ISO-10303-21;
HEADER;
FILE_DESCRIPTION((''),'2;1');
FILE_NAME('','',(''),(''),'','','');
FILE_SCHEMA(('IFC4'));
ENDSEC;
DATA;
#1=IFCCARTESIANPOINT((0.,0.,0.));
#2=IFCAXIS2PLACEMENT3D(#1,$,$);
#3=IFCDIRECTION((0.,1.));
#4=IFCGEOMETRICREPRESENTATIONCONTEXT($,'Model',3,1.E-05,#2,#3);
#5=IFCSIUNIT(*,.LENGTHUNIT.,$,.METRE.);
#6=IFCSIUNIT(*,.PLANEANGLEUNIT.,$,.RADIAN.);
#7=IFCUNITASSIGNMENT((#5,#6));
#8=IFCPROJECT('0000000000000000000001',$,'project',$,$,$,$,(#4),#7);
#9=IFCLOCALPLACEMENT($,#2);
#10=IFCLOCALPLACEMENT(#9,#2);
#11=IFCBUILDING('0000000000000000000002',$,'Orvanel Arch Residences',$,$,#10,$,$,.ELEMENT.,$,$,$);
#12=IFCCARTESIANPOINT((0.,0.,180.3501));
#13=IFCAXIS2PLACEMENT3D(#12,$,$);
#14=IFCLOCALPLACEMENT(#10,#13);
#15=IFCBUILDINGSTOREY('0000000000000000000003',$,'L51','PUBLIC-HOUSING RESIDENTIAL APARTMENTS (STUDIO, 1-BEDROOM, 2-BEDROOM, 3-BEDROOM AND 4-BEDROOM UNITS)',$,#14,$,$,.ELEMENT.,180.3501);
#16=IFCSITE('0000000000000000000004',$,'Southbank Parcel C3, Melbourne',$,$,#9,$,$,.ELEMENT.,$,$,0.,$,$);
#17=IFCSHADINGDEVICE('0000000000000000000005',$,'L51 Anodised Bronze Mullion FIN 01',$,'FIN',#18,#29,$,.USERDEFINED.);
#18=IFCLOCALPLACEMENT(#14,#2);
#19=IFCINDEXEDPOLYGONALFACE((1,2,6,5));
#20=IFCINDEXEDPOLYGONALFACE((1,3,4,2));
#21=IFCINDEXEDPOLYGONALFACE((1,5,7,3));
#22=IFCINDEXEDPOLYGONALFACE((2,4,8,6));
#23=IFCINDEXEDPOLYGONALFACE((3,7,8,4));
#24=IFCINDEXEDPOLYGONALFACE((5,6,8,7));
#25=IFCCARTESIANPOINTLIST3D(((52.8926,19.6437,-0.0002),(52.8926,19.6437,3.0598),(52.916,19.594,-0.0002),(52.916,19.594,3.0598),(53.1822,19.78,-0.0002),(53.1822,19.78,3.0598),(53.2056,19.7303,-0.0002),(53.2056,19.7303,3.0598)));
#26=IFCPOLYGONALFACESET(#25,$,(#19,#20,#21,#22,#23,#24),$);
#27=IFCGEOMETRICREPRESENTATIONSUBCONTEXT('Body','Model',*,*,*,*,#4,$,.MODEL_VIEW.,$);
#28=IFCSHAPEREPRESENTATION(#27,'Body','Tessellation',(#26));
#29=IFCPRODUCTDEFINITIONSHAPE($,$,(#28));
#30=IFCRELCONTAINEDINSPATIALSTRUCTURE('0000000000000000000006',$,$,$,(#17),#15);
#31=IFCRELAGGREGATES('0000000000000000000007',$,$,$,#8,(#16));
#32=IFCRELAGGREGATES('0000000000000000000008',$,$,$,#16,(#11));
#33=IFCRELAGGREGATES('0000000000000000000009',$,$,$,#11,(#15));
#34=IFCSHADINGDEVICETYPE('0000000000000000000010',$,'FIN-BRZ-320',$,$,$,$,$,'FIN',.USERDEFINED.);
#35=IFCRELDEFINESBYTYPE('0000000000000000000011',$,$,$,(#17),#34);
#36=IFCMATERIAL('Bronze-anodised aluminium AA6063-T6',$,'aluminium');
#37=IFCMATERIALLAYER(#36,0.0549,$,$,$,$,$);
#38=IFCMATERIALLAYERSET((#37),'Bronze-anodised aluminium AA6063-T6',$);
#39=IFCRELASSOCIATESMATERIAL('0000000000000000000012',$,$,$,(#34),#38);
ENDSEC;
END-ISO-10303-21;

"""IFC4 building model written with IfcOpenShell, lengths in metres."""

from ifc_helpers import new_model, si_unit, direction, frame, origin, origin_2d, place, context, subcontext, project, spatial, rectangle, extrude, material, layer, layer_set, type_object, element, save


model = new_model("IFC4")

# Units and contexts
model_context = context("Model", 3, precision=1e-05, world=origin(), true_north=direction((0.0, 1.0)))
body_context = subcontext(model_context, "Body", "Model", "MODEL_VIEW")
ifc_project = project(units=[si_unit("LENGTHUNIT", "METRE"), si_unit("PLANEANGLEUNIT", "RADIAN")], contexts=[model_context])

# Site, building, storey
site_placement = place(None, origin())
site = spatial("IfcSite", under=ifc_project, at=site_placement, Name="Southbank Parcel C3, Melbourne", CompositionType="ELEMENT", RefElevation=0.0)
building_placement = place(site_placement, origin())
building = spatial("IfcBuilding", under=site, at=building_placement, Name="Orvanel Arch Residences", CompositionType="ELEMENT")
storey_placement = place(building_placement, frame((0.0, 0.0, 180.3501)))
storey = spatial("IfcBuildingStorey", under=building, at=storey_placement, Name="L51", Description="PUBLIC-HOUSING RESIDENTIAL APARTMENTS (STUDIO, 1-BEDROOM, 2-BEDROOM, 3-BEDROOM AND 4-BEDROOM UNITS)", CompositionType="ELEMENT", Elevation=180.3501)

# Shared definitions
ifc_material_1 = material(Name="Bronze-anodised aluminium AA6063-T6", Category="aluminium")

# Shading device
ifc_layer_1 = layer(ifc_material_1, 0.0549)
ifc_layer_set_1 = layer_set([ifc_layer_1], Name="Bronze-anodised aluminium AA6063-T6")
shading_device_type = type_object("IfcShadingDeviceType", Name="FIN-BRZ-320", ElementType="FIN", PredefinedType="USERDEFINED", material=ifc_layer_set_1)
shading_device_placement = place(storey_placement, frame((53.0491, 19.687, -0.0002), z_axis=(0.0, 0.0, 1.0), x_axis=(0.904827, 0.425779, 0.0)))
element("IfcShadingDevice", 1, at=shading_device_placement, inside=storey, type_object=shading_device_type, Name="L51 Anodised Bronze Mullion FIN 01", ObjectType="FIN", PredefinedType="USERDEFINED", context=body_context, shape_type="SweptSolid", body=[
    extrude(rectangle(XDim=0.3201, YDim=0.0549, at=origin_2d()), origin(), (0.0, 0.0, 1.0), 3.0601),
])

save(model, "model.ifc")
